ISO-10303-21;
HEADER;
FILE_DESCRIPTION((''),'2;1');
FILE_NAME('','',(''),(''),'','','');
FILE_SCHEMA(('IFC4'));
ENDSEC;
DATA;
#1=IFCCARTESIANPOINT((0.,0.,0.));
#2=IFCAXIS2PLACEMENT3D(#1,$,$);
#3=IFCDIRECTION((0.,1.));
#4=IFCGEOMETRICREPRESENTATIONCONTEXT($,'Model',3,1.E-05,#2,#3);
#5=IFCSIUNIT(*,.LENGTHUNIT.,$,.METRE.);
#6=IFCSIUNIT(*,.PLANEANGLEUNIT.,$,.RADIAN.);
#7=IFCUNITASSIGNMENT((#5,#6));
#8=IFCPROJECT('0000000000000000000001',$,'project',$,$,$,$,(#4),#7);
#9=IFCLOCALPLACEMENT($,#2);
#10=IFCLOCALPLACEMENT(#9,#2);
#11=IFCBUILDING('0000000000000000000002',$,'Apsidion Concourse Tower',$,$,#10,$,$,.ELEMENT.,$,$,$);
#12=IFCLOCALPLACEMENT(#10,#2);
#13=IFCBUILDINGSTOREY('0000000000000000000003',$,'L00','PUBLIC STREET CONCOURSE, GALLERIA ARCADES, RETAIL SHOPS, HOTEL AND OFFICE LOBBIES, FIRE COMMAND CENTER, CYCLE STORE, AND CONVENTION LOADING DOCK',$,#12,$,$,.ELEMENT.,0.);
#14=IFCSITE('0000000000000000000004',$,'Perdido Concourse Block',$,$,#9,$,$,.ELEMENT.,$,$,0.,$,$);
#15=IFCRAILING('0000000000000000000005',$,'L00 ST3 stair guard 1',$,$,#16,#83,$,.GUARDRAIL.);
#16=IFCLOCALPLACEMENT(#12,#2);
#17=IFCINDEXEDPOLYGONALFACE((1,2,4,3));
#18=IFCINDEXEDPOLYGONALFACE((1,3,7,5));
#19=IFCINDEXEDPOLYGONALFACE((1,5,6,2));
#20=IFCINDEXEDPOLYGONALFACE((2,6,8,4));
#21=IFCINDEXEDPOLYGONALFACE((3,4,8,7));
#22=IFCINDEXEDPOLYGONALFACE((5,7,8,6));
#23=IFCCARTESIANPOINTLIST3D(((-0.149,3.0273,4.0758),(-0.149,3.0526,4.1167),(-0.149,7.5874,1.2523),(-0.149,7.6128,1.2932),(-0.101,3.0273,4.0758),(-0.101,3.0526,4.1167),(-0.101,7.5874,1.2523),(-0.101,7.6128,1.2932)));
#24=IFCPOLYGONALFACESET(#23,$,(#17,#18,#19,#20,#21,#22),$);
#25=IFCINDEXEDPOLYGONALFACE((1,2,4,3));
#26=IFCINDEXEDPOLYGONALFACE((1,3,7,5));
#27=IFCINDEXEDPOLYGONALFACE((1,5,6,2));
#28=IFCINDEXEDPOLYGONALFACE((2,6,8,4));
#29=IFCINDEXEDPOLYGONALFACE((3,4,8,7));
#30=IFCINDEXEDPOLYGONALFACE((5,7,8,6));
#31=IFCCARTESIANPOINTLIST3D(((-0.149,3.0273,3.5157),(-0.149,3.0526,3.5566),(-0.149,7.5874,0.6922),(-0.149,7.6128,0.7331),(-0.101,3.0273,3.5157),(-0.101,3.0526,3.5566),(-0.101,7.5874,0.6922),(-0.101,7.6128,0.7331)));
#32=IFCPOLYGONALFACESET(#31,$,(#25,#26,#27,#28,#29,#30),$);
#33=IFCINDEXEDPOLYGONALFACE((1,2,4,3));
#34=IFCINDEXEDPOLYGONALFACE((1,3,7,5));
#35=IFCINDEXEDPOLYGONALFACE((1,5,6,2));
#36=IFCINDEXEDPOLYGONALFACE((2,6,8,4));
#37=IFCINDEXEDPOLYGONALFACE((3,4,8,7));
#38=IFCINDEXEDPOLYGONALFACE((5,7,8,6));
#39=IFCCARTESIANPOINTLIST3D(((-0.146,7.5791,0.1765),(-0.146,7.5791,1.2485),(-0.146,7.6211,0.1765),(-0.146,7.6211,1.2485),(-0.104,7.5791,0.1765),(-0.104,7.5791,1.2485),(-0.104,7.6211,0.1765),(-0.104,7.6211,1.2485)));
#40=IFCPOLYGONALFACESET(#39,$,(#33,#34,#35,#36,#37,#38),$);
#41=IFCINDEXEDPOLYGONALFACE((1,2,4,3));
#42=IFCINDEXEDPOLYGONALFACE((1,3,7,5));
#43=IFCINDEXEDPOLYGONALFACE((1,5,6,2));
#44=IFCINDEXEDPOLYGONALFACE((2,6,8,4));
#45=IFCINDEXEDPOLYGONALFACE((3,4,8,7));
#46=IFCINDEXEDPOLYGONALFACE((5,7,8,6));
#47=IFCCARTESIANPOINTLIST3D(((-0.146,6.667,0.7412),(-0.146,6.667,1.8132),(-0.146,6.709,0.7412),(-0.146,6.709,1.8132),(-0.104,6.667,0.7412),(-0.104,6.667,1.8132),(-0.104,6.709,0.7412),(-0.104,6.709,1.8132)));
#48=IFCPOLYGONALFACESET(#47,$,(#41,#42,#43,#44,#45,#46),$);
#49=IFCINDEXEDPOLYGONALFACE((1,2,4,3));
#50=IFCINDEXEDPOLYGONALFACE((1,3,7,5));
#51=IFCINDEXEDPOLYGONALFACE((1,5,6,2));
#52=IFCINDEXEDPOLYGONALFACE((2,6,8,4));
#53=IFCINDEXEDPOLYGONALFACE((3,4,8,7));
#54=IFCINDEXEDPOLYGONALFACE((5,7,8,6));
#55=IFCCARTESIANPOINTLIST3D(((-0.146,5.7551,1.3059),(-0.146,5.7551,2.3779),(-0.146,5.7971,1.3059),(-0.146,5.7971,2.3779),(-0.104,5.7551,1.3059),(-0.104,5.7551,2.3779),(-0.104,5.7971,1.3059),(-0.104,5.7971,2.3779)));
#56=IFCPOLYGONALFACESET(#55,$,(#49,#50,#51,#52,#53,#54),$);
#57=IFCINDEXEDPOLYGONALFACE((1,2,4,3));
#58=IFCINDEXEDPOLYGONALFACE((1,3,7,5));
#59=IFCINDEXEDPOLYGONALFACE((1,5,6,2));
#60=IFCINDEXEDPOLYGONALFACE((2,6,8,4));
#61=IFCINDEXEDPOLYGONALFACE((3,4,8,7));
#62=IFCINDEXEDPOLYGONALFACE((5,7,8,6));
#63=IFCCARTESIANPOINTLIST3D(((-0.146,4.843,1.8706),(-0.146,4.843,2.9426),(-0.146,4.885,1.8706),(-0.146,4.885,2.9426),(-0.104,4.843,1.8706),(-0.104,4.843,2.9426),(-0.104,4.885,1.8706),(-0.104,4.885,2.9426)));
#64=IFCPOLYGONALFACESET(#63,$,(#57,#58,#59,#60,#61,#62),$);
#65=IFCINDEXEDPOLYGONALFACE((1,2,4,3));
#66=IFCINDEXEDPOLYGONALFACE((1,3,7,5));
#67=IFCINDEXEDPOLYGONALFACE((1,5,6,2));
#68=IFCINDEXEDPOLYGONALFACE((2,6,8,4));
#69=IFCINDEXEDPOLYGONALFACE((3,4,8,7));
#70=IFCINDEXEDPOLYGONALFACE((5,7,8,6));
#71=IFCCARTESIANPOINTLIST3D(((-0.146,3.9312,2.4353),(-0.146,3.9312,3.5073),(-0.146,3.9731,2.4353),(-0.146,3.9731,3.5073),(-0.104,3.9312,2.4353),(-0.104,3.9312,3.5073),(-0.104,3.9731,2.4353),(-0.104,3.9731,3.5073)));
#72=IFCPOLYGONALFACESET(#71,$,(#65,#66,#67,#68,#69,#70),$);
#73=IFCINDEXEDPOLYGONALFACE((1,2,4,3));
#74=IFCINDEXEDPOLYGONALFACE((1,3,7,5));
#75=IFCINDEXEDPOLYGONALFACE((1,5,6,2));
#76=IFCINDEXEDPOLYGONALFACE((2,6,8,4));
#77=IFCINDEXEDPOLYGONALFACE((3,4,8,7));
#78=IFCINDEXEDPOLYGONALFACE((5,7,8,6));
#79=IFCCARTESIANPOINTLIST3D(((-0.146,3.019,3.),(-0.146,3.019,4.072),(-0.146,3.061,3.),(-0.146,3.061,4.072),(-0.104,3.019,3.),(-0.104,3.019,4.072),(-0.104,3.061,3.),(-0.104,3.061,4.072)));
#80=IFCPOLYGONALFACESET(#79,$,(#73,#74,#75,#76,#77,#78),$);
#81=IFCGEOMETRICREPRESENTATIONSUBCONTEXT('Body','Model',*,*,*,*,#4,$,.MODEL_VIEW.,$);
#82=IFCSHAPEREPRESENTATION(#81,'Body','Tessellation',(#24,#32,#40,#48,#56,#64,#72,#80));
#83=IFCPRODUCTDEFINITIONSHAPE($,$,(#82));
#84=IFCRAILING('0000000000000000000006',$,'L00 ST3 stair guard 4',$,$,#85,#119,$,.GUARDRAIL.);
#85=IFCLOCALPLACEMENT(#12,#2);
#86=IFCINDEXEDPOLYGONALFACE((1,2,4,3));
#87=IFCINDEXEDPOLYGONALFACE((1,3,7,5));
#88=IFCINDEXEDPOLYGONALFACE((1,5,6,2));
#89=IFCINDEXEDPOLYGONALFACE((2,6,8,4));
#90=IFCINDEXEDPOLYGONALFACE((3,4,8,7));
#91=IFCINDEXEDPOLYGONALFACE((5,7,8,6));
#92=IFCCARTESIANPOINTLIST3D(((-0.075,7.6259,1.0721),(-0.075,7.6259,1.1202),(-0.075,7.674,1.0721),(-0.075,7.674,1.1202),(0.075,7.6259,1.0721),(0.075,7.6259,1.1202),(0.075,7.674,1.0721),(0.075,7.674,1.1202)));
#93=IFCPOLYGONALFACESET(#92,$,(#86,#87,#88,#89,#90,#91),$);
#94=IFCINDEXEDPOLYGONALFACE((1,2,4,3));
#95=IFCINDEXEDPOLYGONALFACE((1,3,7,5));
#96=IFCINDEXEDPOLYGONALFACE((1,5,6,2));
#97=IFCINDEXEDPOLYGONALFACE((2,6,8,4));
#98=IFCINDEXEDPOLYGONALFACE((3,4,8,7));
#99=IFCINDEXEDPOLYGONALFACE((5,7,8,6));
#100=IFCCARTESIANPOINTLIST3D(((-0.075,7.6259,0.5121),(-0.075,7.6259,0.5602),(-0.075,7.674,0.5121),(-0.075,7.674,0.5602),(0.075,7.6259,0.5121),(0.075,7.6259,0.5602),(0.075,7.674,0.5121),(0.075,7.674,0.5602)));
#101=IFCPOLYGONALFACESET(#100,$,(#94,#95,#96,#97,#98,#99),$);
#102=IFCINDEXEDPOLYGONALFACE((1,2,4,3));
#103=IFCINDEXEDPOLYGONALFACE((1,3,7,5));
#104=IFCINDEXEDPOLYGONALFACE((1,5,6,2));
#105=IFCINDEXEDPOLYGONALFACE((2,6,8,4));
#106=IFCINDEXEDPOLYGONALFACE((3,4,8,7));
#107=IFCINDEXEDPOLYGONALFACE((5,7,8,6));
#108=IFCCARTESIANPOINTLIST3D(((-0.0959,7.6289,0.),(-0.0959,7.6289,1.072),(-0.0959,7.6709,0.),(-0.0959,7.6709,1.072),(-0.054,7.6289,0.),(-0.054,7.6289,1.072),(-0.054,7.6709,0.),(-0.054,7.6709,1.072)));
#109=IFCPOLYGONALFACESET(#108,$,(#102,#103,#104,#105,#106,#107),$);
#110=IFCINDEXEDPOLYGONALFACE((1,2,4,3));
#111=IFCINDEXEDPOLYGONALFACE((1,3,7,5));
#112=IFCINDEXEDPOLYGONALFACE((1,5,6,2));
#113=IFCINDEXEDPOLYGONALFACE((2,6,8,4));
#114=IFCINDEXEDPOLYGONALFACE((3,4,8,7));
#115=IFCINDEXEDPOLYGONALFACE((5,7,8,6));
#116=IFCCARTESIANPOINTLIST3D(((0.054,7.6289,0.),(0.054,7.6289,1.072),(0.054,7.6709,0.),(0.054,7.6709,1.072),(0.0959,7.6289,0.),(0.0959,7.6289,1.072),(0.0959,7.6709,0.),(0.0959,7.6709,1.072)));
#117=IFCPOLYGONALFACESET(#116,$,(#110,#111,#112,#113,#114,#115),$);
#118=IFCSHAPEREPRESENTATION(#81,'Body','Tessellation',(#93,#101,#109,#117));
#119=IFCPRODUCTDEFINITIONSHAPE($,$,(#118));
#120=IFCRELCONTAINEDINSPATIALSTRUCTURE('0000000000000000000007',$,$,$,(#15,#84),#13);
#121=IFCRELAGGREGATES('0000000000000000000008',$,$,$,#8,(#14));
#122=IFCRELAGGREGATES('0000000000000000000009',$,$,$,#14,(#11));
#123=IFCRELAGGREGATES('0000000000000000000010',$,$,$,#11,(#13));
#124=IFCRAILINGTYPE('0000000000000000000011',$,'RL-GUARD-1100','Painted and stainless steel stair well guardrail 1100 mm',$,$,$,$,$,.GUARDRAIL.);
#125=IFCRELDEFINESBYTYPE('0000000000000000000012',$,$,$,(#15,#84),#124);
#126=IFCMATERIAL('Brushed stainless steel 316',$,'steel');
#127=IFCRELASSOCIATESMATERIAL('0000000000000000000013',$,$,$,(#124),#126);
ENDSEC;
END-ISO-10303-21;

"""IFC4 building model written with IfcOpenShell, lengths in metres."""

from ifc_helpers import new_model, si_unit, direction, frame, origin, origin_2d, place, context, subcontext, project, spatial, rectangle, extrude, material, type_object, element, save


model = new_model("IFC4")

# Units and contexts
model_context = context("Model", 3, precision=1e-05, world=origin(), true_north=direction((0.0, 1.0)))
body_context = subcontext(model_context, "Body", "Model", "MODEL_VIEW")
ifc_project = project(units=[si_unit("LENGTHUNIT", "METRE"), si_unit("PLANEANGLEUNIT", "RADIAN")], contexts=[model_context])

# Site, building, storey
site_placement = place(None, origin())
site = spatial("IfcSite", under=ifc_project, at=site_placement, Name="Perdido Concourse Block", CompositionType="ELEMENT", RefElevation=0.0)
building_placement = place(site_placement, origin())
building = spatial("IfcBuilding", under=site, at=building_placement, Name="Apsidion Concourse Tower", CompositionType="ELEMENT")
storey_placement = place(building_placement, origin())
storey = spatial("IfcBuildingStorey", under=building, at=storey_placement, Name="L00", Description="PUBLIC STREET CONCOURSE, GALLERIA ARCADES, RETAIL SHOPS, HOTEL AND OFFICE LOBBIES, FIRE COMMAND CENTER, CYCLE STORE, AND CONVENTION LOADING DOCK", CompositionType="ELEMENT", Elevation=0.0)

# Shared definitions
ifc_material_1 = material(Name="Brushed stainless steel 316", Category="steel")

# Railings
railing_type = type_object("IfcRailingType", Name="RL-GUARD-1100", Description="Painted and stainless steel stair well guardrail 1100 mm", PredefinedType="GUARDRAIL", material=ifc_material_1)
railing_1_placement = place(storey_placement, frame((-0.125, 7.6001, 0.1765)))
element("IfcRailing", 1, at=railing_1_placement, inside=storey, type_object=railing_type, Name="L00 ST3 stair guard 1", PredefinedType="GUARDRAIL", context=body_context, shape_type="SweptSolid", body=[
    extrude(rectangle(XDim=0.0481, YDim=0.0481, at=origin_2d()), frame((0.0, 0.0, 1.0962), z_axis=(0.0, -0.850216, 0.526435), x_axis=(1.0, 0.0, 0.0)), (0.0, 0.0, 1.0), 5.3635),
    extrude(rectangle(XDim=0.0481, YDim=0.0481, at=origin_2d()), frame((0.0, 0.0, 0.5361), z_axis=(0.0, -0.850216, 0.526435), x_axis=(1.0, 0.0, 0.0)), (0.0, 0.0, 1.0), 5.3635),
    extrude(rectangle(XDim=0.042, YDim=0.042, at=origin_2d()), origin(), (0.0, 0.0, 1.0), 1.072),
    extrude(rectangle(XDim=0.042, YDim=0.042, at=origin_2d()), frame((0.0, -0.9121, 0.5647)), (0.0, 0.0, 1.0), 1.072),
    extrude(rectangle(XDim=0.042, YDim=0.042, at=origin_2d()), frame((0.0, -1.824, 1.1294)), (0.0, 0.0, 1.0), 1.072),
    extrude(rectangle(XDim=0.042, YDim=0.042, at=origin_2d()), frame((0.0, -2.7361, 1.6941)), (0.0, 0.0, 1.0), 1.072),
    extrude(rectangle(XDim=0.042, YDim=0.042, at=origin_2d()), frame((0.0, -3.6479, 2.2588)), (0.0, 0.0, 1.0), 1.072),
    extrude(rectangle(XDim=0.042, YDim=0.042, at=origin_2d()), frame((0.0, -4.5601, 2.8235)), (0.0, 0.0, 1.0), 1.072),
])
railing_2_placement = place(storey_placement, frame((-0.075, 7.6499, 0.0)))
element("IfcRailing", 2, at=railing_2_placement, inside=storey, type_object=railing_type, Name="L00 ST3 stair guard 4", PredefinedType="GUARDRAIL", context=body_context, shape_type="SweptSolid", body=[
    extrude(rectangle(XDim=0.0481, YDim=0.0481, at=origin_2d()), frame((0.0, 0.0, 1.0962), z_axis=(1.0, 0.0, 0.0), x_axis=(0.0, 1.0, 0.0)), (0.0, 0.0, 1.0), 0.1499),
    extrude(rectangle(XDim=0.0481, YDim=0.0481, at=origin_2d()), frame((0.0, 0.0, 0.5361), z_axis=(1.0, 0.0, 0.0), x_axis=(0.0, 1.0, 0.0)), (0.0, 0.0, 1.0), 0.1499),
    extrude(rectangle(XDim=0.042, YDim=0.042, at=origin_2d()), origin(), (0.0, 0.0, 1.0), 1.072),
    extrude(rectangle(XDim=0.042, YDim=0.042, at=origin_2d()), frame((0.1499, 0.0, 0.0)), (0.0, 0.0, 1.0), 1.072),
])

save(model, "model.ifc")
